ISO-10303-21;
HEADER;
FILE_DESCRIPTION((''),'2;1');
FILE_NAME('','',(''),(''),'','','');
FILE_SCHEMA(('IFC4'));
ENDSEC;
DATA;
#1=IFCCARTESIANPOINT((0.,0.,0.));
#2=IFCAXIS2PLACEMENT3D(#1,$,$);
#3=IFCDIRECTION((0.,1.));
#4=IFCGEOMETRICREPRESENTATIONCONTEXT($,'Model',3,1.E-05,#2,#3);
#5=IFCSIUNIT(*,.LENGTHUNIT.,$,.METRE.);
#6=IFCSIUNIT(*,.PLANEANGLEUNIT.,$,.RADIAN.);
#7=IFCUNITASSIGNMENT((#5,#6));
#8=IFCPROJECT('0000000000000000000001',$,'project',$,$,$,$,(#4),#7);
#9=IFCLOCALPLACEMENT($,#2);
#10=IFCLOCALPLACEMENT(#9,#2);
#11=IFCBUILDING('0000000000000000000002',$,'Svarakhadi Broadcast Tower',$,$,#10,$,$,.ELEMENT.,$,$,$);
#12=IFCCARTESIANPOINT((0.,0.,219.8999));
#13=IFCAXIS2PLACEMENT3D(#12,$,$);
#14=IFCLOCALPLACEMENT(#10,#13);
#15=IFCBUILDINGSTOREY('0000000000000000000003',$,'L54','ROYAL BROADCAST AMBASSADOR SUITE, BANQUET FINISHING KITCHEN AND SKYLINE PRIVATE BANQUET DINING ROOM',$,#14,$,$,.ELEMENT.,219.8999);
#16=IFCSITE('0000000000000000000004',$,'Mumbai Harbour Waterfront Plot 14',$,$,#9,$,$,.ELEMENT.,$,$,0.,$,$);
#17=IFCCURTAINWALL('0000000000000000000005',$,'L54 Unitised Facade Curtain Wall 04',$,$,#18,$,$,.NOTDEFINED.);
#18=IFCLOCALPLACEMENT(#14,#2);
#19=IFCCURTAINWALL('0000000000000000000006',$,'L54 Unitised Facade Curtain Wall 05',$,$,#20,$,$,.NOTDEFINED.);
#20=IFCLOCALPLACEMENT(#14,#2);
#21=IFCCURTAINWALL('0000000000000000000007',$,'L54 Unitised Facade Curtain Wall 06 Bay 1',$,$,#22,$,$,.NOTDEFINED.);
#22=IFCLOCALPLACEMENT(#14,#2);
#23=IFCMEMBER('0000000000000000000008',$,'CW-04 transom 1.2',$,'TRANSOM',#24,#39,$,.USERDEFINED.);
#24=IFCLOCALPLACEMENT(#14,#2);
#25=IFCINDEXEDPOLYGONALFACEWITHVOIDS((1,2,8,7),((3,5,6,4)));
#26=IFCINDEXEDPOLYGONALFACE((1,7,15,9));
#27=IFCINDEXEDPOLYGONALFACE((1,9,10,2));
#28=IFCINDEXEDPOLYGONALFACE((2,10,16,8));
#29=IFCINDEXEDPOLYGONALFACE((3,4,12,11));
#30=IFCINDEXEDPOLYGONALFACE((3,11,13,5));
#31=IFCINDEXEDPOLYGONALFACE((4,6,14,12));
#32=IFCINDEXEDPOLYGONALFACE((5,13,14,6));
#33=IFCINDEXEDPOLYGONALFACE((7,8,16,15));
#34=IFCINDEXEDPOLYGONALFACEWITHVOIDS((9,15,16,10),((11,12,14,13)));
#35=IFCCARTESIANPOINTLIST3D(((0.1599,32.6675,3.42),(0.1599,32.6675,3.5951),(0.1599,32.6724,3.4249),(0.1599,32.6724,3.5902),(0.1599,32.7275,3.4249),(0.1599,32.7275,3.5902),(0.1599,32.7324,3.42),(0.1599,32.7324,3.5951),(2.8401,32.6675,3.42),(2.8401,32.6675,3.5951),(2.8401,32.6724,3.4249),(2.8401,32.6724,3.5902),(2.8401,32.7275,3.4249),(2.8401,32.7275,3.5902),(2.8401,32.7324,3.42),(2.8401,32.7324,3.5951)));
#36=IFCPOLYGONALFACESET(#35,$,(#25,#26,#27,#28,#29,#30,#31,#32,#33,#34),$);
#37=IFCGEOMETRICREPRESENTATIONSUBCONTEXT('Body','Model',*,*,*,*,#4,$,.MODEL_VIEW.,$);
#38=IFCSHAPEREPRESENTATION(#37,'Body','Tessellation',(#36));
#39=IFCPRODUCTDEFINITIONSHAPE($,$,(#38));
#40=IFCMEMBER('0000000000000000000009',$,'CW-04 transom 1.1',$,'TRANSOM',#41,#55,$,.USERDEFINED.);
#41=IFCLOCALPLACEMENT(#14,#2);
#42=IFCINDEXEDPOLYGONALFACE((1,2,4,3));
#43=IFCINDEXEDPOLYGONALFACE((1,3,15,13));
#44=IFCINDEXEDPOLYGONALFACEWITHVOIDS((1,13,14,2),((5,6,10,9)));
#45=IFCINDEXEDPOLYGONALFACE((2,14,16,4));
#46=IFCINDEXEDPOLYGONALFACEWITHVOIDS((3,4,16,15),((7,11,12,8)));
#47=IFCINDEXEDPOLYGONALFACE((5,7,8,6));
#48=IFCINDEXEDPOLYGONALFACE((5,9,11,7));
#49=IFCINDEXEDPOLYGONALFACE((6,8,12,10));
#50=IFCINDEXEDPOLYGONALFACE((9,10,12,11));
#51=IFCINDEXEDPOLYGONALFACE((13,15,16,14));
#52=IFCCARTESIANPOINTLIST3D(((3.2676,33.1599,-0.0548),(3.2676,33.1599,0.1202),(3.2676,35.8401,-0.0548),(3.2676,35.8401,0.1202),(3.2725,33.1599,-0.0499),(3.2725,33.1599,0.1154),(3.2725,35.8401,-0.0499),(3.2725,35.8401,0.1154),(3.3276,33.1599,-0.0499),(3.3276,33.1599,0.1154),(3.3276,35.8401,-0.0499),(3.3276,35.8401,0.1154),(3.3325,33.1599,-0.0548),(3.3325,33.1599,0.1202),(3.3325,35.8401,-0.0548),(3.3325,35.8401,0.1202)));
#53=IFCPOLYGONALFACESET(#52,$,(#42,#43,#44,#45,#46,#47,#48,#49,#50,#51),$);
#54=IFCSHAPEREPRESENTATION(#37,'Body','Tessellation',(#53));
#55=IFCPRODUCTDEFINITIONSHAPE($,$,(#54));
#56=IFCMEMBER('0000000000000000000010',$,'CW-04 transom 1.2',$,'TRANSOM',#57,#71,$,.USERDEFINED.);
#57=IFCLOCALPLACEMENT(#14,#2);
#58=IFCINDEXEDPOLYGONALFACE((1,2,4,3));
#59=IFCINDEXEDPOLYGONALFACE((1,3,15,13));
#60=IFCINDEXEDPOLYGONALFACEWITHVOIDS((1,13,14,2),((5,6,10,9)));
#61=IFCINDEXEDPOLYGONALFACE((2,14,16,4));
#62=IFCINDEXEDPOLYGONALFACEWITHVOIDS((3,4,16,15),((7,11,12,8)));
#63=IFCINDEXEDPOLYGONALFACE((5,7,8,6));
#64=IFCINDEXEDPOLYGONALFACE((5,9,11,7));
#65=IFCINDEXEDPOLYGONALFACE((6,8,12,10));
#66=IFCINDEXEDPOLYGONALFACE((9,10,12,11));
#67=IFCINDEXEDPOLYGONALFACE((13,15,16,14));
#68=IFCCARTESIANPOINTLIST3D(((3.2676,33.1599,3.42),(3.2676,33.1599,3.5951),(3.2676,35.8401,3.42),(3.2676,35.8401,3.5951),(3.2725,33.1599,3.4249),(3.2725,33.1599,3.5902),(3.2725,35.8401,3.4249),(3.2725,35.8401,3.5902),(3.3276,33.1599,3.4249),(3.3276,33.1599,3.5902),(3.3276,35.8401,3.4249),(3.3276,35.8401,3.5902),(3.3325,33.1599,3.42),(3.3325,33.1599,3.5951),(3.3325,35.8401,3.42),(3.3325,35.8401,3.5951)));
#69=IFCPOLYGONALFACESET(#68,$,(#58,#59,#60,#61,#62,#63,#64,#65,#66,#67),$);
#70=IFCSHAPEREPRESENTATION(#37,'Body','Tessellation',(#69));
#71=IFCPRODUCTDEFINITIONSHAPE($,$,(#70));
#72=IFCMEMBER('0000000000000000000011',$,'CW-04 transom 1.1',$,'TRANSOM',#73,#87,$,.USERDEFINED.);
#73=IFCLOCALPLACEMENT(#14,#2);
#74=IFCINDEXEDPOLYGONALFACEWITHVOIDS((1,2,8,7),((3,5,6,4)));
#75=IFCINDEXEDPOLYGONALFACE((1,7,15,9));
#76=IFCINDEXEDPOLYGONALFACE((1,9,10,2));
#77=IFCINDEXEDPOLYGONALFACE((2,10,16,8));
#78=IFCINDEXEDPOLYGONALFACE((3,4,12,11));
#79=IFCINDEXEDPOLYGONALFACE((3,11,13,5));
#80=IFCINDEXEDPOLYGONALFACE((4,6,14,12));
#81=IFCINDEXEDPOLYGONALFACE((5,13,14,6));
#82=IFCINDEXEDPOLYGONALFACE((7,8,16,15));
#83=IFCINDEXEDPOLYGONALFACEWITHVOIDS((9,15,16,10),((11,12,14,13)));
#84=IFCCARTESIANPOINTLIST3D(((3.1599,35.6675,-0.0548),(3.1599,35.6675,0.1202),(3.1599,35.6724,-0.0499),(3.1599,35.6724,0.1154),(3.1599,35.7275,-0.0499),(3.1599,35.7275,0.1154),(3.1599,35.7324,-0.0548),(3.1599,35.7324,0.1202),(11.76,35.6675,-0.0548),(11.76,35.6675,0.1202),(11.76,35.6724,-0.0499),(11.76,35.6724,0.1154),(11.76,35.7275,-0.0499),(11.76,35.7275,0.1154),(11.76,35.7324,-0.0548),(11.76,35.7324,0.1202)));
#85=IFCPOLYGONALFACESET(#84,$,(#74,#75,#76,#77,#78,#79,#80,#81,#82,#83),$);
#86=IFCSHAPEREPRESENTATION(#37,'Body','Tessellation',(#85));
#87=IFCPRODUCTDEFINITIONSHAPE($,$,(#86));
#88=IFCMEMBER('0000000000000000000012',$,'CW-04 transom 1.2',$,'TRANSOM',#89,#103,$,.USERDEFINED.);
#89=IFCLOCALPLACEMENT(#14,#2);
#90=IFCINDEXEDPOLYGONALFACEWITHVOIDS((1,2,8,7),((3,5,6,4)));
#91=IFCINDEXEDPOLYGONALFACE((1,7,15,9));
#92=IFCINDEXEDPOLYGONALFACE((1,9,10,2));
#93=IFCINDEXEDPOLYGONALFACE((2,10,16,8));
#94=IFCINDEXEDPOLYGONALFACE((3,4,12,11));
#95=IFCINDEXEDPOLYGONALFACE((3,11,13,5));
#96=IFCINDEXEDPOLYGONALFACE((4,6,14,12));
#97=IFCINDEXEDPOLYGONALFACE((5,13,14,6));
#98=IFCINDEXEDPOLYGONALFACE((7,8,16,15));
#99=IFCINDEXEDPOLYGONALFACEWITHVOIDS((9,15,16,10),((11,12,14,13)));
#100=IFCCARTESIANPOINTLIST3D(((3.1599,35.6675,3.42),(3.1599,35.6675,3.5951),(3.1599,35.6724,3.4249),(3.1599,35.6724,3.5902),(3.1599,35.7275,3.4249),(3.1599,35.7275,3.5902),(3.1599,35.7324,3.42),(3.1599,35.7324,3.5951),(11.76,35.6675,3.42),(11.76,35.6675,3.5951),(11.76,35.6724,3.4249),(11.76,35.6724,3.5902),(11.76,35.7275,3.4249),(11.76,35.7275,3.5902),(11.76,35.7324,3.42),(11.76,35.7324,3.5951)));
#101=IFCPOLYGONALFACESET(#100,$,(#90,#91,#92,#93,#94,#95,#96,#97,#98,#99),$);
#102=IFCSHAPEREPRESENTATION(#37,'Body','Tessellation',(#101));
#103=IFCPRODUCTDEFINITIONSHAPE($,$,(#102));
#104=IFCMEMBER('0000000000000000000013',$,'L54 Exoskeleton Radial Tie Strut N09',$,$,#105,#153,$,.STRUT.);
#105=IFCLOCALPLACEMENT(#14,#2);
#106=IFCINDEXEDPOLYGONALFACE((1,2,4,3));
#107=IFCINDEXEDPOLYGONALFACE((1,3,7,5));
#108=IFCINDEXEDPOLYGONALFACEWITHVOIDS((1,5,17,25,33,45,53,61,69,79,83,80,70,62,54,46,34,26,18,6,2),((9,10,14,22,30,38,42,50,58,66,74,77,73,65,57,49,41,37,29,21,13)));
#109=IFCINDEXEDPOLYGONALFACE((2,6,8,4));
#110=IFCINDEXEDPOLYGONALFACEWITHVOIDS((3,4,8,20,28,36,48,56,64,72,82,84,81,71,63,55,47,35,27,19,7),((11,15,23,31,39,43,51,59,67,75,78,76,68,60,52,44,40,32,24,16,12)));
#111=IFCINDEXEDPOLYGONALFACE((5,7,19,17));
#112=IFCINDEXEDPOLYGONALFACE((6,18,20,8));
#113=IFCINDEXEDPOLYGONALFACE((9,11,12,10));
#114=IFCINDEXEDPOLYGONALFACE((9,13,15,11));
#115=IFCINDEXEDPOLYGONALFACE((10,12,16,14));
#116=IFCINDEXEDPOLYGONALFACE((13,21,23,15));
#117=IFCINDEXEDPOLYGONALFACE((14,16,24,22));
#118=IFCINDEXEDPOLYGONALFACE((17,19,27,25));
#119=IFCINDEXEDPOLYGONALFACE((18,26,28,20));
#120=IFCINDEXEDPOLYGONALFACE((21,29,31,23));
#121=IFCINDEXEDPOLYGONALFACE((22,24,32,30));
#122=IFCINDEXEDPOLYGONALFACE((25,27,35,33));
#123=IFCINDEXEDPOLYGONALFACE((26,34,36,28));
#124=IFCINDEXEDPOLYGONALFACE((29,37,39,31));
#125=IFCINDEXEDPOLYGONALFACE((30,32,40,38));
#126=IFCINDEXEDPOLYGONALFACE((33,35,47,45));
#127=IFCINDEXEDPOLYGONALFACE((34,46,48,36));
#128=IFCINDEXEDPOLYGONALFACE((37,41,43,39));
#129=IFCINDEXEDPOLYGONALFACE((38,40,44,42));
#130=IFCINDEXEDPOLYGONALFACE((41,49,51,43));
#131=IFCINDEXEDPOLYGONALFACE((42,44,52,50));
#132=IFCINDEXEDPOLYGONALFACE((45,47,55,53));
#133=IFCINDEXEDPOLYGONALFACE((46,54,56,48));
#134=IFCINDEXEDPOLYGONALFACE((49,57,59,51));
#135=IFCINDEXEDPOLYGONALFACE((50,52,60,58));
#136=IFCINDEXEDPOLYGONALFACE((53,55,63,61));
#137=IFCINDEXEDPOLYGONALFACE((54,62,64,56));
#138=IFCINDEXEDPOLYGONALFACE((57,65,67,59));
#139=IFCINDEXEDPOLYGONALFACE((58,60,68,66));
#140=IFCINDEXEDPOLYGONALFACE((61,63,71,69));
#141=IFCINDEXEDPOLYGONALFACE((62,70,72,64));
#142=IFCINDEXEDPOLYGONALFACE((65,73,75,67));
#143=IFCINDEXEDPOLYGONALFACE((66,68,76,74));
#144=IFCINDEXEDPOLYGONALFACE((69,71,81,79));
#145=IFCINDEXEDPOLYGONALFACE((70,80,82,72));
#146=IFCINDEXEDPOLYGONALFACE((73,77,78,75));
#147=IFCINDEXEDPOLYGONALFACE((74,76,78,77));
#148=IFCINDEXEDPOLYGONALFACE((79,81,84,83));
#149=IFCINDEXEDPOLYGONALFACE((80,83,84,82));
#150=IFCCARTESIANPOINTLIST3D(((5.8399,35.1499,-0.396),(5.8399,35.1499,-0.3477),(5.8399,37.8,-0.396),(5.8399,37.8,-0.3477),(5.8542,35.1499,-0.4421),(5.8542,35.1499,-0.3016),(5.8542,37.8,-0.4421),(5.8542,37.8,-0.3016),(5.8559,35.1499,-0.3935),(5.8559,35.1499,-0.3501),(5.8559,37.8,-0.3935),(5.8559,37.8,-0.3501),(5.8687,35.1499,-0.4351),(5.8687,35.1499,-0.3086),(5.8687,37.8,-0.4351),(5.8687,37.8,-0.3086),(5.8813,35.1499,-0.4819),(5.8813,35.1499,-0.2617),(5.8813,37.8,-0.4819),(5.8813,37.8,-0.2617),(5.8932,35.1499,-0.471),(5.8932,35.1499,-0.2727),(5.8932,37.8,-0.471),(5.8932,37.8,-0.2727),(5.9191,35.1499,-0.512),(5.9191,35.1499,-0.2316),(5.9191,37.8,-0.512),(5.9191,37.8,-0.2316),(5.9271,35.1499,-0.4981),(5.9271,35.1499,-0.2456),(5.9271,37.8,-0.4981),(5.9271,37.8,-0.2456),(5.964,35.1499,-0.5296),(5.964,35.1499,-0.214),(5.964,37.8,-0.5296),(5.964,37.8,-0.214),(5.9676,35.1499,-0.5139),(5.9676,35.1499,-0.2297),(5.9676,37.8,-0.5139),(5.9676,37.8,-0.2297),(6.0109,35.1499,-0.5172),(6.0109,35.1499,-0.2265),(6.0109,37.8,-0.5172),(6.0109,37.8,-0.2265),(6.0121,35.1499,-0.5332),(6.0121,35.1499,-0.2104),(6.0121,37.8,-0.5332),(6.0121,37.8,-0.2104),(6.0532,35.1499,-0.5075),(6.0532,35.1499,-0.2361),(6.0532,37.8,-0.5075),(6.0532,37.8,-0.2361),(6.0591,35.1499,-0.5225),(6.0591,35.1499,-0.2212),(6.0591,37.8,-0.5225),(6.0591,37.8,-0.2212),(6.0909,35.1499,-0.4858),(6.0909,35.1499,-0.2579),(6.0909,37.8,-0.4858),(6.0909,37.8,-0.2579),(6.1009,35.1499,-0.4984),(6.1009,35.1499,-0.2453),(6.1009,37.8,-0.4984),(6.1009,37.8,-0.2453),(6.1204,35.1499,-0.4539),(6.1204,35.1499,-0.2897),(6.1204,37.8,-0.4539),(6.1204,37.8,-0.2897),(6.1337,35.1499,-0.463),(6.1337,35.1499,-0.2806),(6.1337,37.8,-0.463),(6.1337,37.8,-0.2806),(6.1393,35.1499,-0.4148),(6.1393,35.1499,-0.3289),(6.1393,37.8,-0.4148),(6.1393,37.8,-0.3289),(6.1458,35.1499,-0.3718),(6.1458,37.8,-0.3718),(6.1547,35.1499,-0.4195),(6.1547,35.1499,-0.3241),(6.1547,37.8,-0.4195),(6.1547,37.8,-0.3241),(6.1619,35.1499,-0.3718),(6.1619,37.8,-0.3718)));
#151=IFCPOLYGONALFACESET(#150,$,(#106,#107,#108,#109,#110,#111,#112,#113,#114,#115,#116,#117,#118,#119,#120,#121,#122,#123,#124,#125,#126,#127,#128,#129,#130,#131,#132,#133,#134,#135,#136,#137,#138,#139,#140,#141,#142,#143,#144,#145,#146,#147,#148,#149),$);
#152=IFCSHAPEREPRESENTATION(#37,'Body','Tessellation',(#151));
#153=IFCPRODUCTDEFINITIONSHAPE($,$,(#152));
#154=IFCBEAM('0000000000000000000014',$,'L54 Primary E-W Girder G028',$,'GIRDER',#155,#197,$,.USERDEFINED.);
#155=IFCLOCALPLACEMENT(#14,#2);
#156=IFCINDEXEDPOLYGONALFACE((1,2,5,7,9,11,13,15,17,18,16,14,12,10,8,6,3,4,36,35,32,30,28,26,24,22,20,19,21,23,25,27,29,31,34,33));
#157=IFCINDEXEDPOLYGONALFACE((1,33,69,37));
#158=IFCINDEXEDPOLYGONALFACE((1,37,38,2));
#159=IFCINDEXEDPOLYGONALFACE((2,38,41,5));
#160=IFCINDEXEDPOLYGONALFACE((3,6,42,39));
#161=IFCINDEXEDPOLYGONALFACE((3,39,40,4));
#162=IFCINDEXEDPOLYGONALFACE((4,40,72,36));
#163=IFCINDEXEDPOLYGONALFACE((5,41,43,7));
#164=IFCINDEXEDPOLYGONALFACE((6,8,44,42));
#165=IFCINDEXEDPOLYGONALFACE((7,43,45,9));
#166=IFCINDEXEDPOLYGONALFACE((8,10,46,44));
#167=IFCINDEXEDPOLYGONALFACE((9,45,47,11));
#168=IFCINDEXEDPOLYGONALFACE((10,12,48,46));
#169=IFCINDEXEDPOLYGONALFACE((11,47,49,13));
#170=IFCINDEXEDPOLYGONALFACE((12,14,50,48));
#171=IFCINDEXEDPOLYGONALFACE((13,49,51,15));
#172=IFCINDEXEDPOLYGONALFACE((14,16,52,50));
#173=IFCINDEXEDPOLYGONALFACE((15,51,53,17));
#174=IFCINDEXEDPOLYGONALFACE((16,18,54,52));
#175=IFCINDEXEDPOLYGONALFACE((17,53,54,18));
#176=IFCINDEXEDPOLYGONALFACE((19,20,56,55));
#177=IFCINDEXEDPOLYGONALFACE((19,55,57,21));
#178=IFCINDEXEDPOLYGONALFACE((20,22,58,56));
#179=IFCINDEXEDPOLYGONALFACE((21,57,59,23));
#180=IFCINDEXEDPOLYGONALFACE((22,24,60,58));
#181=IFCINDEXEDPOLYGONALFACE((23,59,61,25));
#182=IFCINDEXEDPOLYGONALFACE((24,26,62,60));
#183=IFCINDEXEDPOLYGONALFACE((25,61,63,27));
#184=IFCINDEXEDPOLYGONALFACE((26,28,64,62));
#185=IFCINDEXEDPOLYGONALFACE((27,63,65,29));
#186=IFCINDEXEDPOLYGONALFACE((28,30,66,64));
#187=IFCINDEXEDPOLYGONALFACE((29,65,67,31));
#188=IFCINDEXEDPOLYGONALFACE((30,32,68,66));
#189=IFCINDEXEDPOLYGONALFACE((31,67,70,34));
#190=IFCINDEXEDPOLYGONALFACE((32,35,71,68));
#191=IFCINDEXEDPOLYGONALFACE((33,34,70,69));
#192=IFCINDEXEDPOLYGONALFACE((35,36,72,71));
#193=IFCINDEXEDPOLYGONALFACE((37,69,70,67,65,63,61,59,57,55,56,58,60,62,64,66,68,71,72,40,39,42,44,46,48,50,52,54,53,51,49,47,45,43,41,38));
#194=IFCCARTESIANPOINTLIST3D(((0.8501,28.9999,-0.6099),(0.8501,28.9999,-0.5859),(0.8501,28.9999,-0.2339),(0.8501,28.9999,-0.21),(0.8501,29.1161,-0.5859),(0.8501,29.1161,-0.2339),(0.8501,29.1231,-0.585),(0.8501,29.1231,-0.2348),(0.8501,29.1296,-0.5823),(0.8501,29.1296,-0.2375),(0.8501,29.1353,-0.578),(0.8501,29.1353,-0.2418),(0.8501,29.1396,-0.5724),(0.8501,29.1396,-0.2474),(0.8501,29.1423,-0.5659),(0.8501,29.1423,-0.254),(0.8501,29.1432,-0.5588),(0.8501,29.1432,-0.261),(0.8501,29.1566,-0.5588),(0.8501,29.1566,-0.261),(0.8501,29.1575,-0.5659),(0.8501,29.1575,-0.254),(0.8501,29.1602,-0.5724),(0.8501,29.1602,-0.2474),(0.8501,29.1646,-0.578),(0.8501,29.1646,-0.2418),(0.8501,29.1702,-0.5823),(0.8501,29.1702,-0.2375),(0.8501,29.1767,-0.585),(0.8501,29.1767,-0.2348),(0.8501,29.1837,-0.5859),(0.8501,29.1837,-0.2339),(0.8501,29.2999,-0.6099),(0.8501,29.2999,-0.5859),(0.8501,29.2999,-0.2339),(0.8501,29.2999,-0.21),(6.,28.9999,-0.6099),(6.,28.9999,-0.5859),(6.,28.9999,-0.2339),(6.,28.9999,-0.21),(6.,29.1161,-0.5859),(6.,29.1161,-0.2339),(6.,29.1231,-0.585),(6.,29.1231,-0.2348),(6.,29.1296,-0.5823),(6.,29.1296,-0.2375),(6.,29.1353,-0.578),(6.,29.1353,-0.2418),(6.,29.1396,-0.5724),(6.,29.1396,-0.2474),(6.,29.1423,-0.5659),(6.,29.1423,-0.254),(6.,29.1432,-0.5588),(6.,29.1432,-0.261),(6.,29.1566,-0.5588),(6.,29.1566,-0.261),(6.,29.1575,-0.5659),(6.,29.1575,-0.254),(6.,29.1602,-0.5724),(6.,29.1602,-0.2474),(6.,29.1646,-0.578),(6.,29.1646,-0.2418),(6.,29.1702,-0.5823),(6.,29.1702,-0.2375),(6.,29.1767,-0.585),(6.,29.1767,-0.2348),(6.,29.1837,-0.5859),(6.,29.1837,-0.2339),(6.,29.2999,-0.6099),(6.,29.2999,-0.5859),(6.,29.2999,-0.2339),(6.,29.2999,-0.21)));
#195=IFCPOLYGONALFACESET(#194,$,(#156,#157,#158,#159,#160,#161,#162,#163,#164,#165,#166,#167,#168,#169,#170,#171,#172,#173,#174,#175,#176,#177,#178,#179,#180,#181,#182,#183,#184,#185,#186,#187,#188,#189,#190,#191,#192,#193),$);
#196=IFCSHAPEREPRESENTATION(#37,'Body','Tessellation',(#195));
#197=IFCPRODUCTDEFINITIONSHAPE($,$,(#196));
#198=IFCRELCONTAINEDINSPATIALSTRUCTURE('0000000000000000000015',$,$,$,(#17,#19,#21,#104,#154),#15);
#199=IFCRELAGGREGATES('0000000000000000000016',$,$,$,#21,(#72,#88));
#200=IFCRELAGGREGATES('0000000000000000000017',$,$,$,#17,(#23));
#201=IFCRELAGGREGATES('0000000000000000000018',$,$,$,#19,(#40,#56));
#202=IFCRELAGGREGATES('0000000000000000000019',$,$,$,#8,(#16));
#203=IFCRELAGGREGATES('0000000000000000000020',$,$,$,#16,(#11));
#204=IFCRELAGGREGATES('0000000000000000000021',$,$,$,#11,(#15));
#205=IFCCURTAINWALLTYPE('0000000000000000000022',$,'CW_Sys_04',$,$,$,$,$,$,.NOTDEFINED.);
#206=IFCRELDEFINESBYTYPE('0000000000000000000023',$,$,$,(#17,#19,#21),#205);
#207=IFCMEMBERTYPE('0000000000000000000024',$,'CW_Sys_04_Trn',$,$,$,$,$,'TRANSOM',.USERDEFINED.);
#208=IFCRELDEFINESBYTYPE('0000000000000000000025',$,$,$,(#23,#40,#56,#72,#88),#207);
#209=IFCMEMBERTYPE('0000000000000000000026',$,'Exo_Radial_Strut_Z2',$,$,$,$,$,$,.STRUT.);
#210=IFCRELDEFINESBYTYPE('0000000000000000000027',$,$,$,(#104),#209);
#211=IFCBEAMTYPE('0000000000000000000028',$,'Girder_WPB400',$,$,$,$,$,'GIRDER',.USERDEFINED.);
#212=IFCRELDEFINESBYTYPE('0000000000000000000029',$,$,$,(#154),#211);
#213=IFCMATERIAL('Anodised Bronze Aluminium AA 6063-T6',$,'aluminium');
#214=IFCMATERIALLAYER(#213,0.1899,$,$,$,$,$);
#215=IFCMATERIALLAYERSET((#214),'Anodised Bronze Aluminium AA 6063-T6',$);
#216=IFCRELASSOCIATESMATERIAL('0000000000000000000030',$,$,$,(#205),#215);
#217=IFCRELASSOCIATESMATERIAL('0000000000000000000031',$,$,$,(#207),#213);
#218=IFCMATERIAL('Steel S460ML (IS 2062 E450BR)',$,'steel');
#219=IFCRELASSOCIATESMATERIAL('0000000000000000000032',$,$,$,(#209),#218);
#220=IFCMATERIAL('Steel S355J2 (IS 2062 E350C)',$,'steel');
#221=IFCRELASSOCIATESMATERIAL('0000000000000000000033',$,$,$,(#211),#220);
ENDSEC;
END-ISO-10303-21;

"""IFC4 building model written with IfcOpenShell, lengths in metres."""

from ifc_helpers import new_model, si_unit, direction, frame, origin, origin_2d, place, context, subcontext, project, spatial, hollow_rectangle, hollow_circle, i_section, extrude, material, layer, layer_set, material_profile, profile_set, type_object, element, aggregate, save


model = new_model("IFC4")

# Units and contexts
model_context = context("Model", 3, precision=1e-05, world=origin(), true_north=direction((0.0, 1.0)))
body_context = subcontext(model_context, "Body", "Model", "MODEL_VIEW")
ifc_project = project(units=[si_unit("LENGTHUNIT", "METRE"), si_unit("PLANEANGLEUNIT", "RADIAN")], contexts=[model_context])

# Site, building, storey
site_placement = place(None, origin())
site = spatial("IfcSite", under=ifc_project, at=site_placement, Name="Mumbai Harbour Waterfront Plot 14", CompositionType="ELEMENT", RefElevation=0.0)
building_placement = place(site_placement, origin())
building = spatial("IfcBuilding", under=site, at=building_placement, Name="Svarakhadi Broadcast Tower", CompositionType="ELEMENT")
storey_placement = place(building_placement, frame((0.0, 0.0, 219.8999)))
storey = spatial("IfcBuildingStorey", under=building, at=storey_placement, Name="L54", Description="ROYAL BROADCAST AMBASSADOR SUITE, BANQUET FINISHING KITCHEN AND SKYLINE PRIVATE BANQUET DINING ROOM", CompositionType="ELEMENT", Elevation=219.8999)

# Shared definitions
ifc_material_1 = material(Name="Steel S460ML (IS 2062 E450BR)", Category="steel")

# Shared definitions
ifc_material_2 = material(Name="Anodised Bronze Aluminium AA 6063-T6", Category="aluminium")
ifc_layer_1 = layer(ifc_material_2, 0.1899)
ifc_layer_set_1 = layer_set([ifc_layer_1], Name="Anodised Bronze Aluminium AA 6063-T6")
curtain_wall_type = type_object("IfcCurtainWallType", Name="CW_Sys_04", PredefinedType="NOTDEFINED", material=ifc_layer_set_1)

# Curtain walls
curtain_wall_1_placement = place(storey_placement, origin())
curtain_wall_1 = element("IfcCurtainWall", 1, at=curtain_wall_1_placement, inside=storey, type_object=curtain_wall_type, Name="L54 Unitised Facade Curtain Wall 04", PredefinedType="NOTDEFINED")
curtain_wall_2_placement = place(storey_placement, origin())
curtain_wall_2 = element("IfcCurtainWall", 2, at=curtain_wall_2_placement, inside=storey, type_object=curtain_wall_type, Name="L54 Unitised Facade Curtain Wall 05", PredefinedType="NOTDEFINED")

# Curtain wall
curtain_wall_3_placement = place(storey_placement, origin())
curtain_wall_3 = element("IfcCurtainWall", 3, at=curtain_wall_3_placement, inside=storey, type_object=curtain_wall_type, Name="L54 Unitised Facade Curtain Wall 06 Bay 1", PredefinedType="NOTDEFINED")

# Members
ifc_material_profile_1 = material_profile(ifc_material_2, hollow_rectangle(XDim=0.0649, YDim=0.175, WallThickness=0.0049, at=origin_2d()), Name="ALU TRANSOM 175x65x5")
ifc_profile_set_1 = profile_set([ifc_material_profile_1], Name="Anodised Bronze Aluminium AA 6063-T6")
member_type_1 = type_object("IfcMemberType", Name="CW_Sys_04_Trn", ElementType="TRANSOM", PredefinedType="USERDEFINED", material=ifc_profile_set_1)
member_1_placement = place(storey_placement, frame((0.1599, 32.7, 3.5076), z_axis=(1.0, 0.0, 0.0), x_axis=(0.0, 1.0, 0.0)))
member_1 = element("IfcMember", 4, at=member_1_placement, type_object=member_type_1, Name="CW-04 transom 1.2", ObjectType="TRANSOM", PredefinedType="USERDEFINED", context=body_context, shape_type="SweptSolid", body=[
    extrude(hollow_rectangle(XDim=0.0649, YDim=0.175, WallThickness=0.0049, at=origin_2d()), origin(), (0.0, 0.0, 1.0), 2.6802),
])
member_2_placement = place(storey_placement, frame((3.3, 33.1599, 0.0327), z_axis=(0.0, 1.0, 0.0), x_axis=(-1.0, 0.0, 0.0)))
member_2 = element("IfcMember", 5, at=member_2_placement, type_object=member_type_1, Name="CW-04 transom 1.1", ObjectType="TRANSOM", PredefinedType="USERDEFINED", context=body_context, shape_type="SweptSolid", body=[
    extrude(hollow_rectangle(XDim=0.0649, YDim=0.175, WallThickness=0.0049, at=origin_2d()), origin(), (0.0, 0.0, 1.0), 2.6802),
])
member_3_placement = place(storey_placement, frame((3.3, 33.1599, 3.5076), z_axis=(0.0, 1.0, 0.0), x_axis=(-1.0, 0.0, 0.0)))
member_3 = element("IfcMember", 6, at=member_3_placement, type_object=member_type_1, Name="CW-04 transom 1.2", ObjectType="TRANSOM", PredefinedType="USERDEFINED", context=body_context, shape_type="SweptSolid", body=[
    extrude(hollow_rectangle(XDim=0.0649, YDim=0.175, WallThickness=0.0049, at=origin_2d()), origin(), (0.0, 0.0, 1.0), 2.6802),
])
member_4_placement = place(storey_placement, frame((3.1599, 35.7, 0.0327), z_axis=(1.0, 0.0, 0.0), x_axis=(0.0, 1.0, 0.0)))
member_4 = element("IfcMember", 7, at=member_4_placement, type_object=member_type_1, Name="CW-04 transom 1.1", ObjectType="TRANSOM", PredefinedType="USERDEFINED", context=body_context, shape_type="SweptSolid", body=[
    extrude(hollow_rectangle(XDim=0.0649, YDim=0.175, WallThickness=0.0049, at=origin_2d()), origin(), (0.0, 0.0, 1.0), 8.6001),
])
member_5_placement = place(storey_placement, frame((3.1599, 35.7, 3.5076), z_axis=(1.0, 0.0, 0.0), x_axis=(0.0, 1.0, 0.0)))
member_5 = element("IfcMember", 8, at=member_5_placement, type_object=member_type_1, Name="CW-04 transom 1.2", ObjectType="TRANSOM", PredefinedType="USERDEFINED", context=body_context, shape_type="SweptSolid", body=[
    extrude(hollow_rectangle(XDim=0.0649, YDim=0.175, WallThickness=0.0049, at=origin_2d()), origin(), (0.0, 0.0, 1.0), 8.6001),
])
aggregate(curtain_wall_3, [member_4, member_5])
ifc_material_profile_2 = material_profile(ifc_material_1, hollow_circle(Radius=0.1619, WallThickness=0.0161, at=origin_2d()), Name="CHS 323.9x16")
ifc_profile_set_2 = profile_set([ifc_material_profile_2], Name="Steel S460ML (IS 2062 E450BR)")
member_type_2 = type_object("IfcMemberType", Name="Exo_Radial_Strut_Z2", PredefinedType="STRUT", material=ifc_profile_set_2)
member_6_placement = place(storey_placement, frame((6.0, 37.8, -0.3718), z_axis=(0.0, -1.0, 0.0), x_axis=(1.0, 0.0, 0.0)))
element("IfcMember", 9, at=member_6_placement, inside=storey, type_object=member_type_2, Name="L54 Exoskeleton Radial Tie Strut N09", PredefinedType="STRUT", context=body_context, shape_type="SweptSolid", body=[
    extrude(hollow_circle(Radius=0.1619, WallThickness=0.0161, at=origin_2d()), origin(), (0.0, 0.0, 1.0), 2.6501),
])

# Beam
ifc_material_3 = material(Name="Steel S355J2 (IS 2062 E350C)", Category="steel")
ifc_material_profile_3 = material_profile(ifc_material_3, i_section(OverallWidth=0.3, OverallDepth=0.3999, WebThickness=0.0134, FlangeThickness=0.0239, FilletRadius=0.0271, at=origin_2d()), Name="WPB 400x300x155")
ifc_profile_set_3 = profile_set([ifc_material_profile_3], Name="Steel S355J2 (IS 2062 E350C)")
beam_type = type_object("IfcBeamType", Name="Girder_WPB400", ElementType="GIRDER", PredefinedType="USERDEFINED", material=ifc_profile_set_3)
beam_placement = place(storey_placement, frame((0.8501, 29.1499, -0.4099), z_axis=(1.0, 0.0, 0.0), x_axis=(0.0, 1.0, 0.0)))
element("IfcBeam", 10, at=beam_placement, inside=storey, type_object=beam_type, Name="L54 Primary E-W Girder G028", ObjectType="GIRDER", PredefinedType="USERDEFINED", context=body_context, shape_type="SweptSolid", body=[
    extrude(i_section(OverallWidth=0.3, OverallDepth=0.3999, WebThickness=0.0134, FlangeThickness=0.0239, FilletRadius=0.0271, at=origin_2d()), origin(), (0.0, 0.0, 1.0), 5.1499),
])

aggregate(curtain_wall_1, [member_1])
aggregate(curtain_wall_2, [member_2, member_3])

save(model, "model.ifc")
